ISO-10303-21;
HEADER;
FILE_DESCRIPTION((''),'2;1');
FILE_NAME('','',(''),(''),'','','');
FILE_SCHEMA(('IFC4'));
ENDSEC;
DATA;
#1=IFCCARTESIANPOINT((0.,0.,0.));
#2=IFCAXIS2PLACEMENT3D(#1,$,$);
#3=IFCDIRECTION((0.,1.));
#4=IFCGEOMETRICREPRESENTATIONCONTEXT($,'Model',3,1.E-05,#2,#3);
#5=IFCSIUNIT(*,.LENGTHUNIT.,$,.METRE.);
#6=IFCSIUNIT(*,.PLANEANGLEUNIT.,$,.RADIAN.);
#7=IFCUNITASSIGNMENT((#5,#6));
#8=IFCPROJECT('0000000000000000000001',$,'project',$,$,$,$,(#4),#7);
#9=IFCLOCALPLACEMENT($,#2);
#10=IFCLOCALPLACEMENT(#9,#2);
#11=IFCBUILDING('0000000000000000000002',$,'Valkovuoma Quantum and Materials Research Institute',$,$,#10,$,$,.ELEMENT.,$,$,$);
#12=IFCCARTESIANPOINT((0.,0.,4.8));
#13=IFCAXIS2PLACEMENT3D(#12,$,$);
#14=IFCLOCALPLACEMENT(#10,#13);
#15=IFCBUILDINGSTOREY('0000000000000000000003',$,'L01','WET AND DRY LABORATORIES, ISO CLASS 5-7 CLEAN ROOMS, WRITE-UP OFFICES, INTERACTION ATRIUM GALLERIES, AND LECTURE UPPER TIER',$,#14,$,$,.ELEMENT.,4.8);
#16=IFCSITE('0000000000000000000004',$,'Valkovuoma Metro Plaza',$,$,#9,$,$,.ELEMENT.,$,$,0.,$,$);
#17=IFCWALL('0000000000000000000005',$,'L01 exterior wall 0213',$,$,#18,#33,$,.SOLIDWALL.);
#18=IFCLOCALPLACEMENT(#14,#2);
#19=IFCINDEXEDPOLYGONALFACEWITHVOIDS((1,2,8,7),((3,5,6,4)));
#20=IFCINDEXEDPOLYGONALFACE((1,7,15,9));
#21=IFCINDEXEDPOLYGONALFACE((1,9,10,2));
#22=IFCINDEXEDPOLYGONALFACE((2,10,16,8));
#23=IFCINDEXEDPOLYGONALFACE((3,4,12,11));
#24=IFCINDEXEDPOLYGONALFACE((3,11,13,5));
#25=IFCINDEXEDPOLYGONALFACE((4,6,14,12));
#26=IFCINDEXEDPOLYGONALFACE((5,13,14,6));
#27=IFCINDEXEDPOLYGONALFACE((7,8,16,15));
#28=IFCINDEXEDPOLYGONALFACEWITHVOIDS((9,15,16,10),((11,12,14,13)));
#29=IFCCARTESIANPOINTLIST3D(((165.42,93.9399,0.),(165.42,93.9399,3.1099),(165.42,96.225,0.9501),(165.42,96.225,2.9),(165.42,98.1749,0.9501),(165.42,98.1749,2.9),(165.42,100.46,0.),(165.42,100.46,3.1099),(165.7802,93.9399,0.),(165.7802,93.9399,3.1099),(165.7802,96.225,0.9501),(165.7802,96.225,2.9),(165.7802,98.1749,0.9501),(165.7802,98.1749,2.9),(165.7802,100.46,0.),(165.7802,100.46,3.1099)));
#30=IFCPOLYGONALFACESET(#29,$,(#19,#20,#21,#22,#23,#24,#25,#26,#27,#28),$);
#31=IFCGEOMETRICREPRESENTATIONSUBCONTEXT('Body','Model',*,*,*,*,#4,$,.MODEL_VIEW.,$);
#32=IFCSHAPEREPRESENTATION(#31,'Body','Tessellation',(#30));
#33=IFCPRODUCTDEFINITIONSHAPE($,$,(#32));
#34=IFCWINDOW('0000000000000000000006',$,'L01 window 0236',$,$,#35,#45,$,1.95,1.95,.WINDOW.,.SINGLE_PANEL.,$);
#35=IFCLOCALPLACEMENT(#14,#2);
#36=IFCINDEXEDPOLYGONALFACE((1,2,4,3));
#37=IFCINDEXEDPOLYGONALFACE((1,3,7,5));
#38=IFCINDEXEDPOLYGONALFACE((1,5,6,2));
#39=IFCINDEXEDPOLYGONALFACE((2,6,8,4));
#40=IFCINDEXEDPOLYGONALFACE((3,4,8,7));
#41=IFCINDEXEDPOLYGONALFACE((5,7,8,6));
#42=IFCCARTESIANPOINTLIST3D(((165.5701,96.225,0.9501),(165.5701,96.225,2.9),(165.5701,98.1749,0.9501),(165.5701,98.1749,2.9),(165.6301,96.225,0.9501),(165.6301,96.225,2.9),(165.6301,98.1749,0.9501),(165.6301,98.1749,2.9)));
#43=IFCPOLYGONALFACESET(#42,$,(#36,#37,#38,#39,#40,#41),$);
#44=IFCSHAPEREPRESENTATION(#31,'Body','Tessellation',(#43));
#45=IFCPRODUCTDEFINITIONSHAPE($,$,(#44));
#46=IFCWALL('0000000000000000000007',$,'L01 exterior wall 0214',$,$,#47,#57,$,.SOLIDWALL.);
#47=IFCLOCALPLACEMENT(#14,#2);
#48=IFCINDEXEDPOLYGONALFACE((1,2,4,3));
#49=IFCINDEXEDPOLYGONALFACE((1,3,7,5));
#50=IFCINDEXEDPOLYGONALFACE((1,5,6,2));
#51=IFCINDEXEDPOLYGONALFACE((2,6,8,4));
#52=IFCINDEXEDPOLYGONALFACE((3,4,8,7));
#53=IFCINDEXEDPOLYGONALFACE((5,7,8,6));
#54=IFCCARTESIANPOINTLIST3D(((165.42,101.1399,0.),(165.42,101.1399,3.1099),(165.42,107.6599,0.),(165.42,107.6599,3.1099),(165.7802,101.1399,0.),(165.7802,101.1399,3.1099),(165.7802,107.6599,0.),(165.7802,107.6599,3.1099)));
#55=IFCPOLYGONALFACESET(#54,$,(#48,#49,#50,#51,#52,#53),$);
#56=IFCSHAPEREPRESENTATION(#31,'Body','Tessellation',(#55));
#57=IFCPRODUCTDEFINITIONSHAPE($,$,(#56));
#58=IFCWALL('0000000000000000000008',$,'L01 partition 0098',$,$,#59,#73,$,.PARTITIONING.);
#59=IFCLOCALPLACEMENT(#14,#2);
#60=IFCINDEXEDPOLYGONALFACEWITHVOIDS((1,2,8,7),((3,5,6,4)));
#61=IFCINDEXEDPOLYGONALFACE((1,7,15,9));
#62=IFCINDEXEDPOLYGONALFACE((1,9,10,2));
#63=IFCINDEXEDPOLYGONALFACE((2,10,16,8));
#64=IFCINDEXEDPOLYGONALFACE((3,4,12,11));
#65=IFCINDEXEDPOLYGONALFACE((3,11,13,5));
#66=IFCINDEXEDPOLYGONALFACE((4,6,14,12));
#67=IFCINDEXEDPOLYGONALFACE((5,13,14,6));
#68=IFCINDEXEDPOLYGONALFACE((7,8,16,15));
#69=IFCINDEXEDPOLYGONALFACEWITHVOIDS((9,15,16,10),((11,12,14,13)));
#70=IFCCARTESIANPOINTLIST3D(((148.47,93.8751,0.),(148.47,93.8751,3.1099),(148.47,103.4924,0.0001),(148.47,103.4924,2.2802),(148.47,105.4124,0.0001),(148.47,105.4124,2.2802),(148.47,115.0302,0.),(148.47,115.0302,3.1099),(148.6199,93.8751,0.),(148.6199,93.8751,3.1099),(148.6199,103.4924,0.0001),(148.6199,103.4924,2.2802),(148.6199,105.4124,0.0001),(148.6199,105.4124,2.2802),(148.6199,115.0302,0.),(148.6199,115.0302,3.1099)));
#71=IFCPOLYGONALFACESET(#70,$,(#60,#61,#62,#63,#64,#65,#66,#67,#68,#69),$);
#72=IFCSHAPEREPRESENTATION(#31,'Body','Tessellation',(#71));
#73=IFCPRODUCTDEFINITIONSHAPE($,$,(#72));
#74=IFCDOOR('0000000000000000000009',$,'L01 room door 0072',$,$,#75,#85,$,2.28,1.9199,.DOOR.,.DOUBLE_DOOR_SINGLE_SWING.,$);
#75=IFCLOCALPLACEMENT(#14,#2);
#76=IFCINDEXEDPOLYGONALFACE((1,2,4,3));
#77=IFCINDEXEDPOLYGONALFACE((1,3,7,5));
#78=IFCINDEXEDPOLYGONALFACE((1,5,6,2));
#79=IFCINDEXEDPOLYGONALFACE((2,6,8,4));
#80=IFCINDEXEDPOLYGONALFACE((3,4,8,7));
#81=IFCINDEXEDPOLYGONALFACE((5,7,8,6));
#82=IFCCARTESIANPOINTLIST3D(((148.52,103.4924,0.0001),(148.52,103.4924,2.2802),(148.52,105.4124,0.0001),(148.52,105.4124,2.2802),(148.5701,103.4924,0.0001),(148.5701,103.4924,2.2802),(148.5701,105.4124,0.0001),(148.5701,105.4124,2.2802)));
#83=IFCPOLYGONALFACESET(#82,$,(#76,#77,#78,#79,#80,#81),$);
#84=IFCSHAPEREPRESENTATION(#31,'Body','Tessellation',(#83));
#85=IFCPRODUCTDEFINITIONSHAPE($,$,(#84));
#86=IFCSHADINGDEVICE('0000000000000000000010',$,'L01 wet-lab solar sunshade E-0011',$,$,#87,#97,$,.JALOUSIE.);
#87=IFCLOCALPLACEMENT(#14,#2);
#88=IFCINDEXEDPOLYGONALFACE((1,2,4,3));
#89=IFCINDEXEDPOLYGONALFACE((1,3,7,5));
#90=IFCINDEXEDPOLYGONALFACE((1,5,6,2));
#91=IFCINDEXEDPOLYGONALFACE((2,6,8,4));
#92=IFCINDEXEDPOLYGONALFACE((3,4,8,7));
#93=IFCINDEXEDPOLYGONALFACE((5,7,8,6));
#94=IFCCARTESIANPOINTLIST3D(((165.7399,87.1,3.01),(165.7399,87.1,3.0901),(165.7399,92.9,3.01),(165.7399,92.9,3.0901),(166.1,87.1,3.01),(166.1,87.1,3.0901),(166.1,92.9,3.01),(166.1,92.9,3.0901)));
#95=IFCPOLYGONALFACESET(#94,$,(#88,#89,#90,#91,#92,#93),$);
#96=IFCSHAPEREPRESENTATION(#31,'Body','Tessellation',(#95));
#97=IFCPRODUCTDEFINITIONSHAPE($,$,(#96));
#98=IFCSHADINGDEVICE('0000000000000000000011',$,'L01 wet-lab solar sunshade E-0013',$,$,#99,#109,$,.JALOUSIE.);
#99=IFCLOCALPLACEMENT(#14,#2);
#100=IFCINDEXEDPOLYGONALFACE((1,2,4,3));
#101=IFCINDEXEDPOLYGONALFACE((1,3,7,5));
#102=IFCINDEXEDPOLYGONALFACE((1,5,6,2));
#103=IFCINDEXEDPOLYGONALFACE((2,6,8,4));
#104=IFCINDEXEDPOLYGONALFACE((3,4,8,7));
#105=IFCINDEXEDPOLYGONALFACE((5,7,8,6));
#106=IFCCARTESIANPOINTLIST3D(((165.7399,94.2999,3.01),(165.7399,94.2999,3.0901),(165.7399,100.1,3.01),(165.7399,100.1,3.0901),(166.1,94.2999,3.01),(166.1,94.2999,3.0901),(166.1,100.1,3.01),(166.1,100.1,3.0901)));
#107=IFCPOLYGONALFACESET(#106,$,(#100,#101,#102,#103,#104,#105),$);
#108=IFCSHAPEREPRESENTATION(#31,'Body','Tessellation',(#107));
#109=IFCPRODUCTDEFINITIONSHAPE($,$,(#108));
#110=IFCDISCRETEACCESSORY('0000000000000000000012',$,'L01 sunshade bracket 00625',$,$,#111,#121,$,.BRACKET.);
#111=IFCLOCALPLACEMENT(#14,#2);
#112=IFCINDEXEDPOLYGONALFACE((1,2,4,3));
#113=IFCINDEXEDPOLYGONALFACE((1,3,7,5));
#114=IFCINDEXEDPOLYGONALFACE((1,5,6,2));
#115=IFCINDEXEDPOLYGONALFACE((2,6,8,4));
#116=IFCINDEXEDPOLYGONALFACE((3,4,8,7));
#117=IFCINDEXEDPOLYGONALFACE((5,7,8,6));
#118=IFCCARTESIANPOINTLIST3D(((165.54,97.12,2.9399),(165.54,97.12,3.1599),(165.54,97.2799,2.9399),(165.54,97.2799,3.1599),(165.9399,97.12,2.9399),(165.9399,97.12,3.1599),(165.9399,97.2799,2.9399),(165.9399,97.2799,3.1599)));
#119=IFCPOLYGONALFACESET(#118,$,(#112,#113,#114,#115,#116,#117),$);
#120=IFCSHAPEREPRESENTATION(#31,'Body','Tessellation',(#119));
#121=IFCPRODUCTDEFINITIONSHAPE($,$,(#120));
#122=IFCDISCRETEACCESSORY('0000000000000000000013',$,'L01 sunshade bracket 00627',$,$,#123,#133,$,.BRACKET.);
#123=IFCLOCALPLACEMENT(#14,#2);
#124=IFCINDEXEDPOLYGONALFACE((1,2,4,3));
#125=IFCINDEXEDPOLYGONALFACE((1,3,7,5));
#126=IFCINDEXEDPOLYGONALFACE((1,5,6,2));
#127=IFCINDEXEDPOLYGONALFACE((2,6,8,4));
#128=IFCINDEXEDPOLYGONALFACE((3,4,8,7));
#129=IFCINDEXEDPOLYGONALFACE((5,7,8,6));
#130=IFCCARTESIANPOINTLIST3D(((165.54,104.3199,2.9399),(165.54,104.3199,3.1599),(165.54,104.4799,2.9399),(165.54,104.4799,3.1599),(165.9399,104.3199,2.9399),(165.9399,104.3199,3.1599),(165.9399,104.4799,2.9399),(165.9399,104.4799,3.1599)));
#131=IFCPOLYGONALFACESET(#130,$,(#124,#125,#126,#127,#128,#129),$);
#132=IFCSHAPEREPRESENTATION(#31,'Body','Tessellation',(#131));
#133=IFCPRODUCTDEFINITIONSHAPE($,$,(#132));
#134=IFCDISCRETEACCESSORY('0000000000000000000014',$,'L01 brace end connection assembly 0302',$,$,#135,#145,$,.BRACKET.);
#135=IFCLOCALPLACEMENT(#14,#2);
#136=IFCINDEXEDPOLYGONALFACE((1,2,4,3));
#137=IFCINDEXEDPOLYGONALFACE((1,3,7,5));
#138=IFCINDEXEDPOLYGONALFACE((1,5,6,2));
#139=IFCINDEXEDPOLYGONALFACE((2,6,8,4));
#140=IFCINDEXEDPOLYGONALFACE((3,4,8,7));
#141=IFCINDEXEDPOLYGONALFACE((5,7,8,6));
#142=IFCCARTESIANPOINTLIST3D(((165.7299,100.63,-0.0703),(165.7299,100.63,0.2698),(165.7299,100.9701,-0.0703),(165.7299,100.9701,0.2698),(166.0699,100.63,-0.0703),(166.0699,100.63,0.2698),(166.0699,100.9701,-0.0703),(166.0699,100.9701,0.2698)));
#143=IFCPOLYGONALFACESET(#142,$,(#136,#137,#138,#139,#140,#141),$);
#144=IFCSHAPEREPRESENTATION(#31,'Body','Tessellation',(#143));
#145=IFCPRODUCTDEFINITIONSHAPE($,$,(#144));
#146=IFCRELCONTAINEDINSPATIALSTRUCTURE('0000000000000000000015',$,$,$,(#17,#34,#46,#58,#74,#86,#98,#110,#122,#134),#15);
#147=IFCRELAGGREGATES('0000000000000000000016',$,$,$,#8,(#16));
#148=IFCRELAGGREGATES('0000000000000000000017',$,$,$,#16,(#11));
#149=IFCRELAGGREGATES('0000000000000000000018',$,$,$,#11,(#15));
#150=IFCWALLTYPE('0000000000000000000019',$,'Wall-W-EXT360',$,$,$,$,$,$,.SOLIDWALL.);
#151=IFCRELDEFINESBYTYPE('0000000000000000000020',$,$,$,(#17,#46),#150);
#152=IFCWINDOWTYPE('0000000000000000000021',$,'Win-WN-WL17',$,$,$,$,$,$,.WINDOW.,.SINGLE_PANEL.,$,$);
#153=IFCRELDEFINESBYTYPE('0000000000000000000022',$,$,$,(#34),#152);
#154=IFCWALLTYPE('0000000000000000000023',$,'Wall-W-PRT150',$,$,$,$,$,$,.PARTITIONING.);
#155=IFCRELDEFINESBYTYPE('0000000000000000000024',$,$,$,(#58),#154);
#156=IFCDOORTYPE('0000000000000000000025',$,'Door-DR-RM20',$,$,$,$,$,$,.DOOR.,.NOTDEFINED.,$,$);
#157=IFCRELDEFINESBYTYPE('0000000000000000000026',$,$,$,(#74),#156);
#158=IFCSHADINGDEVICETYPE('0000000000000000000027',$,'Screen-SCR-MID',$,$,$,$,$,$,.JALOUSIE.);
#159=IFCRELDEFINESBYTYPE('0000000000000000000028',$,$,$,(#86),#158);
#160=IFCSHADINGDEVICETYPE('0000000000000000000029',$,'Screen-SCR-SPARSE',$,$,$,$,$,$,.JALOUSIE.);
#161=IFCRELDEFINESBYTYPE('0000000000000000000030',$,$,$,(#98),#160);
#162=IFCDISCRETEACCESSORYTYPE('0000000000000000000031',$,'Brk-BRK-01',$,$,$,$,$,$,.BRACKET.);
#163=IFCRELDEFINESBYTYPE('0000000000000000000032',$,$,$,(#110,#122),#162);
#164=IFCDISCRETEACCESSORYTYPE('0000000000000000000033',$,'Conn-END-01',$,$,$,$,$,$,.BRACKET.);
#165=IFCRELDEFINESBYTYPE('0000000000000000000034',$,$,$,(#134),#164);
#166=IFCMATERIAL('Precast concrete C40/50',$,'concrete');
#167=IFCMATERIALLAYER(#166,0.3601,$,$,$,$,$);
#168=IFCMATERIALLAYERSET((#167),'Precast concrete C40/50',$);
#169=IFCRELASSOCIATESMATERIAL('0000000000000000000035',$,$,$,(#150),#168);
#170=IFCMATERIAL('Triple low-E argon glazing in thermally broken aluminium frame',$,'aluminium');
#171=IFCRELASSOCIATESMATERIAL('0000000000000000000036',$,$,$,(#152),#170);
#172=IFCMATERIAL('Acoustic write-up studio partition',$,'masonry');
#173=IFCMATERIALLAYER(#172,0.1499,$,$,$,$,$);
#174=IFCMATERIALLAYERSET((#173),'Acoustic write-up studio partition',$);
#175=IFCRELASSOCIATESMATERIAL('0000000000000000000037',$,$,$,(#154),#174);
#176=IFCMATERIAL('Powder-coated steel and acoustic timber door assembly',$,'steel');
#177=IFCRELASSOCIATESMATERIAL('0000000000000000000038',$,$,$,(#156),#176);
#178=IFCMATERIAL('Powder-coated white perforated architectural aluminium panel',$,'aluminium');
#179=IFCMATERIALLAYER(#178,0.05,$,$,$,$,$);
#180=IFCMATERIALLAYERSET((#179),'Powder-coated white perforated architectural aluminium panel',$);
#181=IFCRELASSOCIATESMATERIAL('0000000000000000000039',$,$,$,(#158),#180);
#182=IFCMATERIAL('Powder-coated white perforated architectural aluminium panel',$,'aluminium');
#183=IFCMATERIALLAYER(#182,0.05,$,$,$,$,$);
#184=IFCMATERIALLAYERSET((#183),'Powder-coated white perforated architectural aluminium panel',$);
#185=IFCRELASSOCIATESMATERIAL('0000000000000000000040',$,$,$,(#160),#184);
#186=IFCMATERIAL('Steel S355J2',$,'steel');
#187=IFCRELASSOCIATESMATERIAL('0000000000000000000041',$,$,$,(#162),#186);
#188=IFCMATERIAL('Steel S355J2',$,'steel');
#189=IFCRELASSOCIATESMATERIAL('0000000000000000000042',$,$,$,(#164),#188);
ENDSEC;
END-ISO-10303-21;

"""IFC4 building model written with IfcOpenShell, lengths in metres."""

from ifc_helpers import new_model, si_unit, direction, frame, frame_2d, origin, origin_2d, place, context, subcontext, project, spatial, rectangle, extrude, material, layer, layer_set, type_object, element, fill, save


model = new_model("IFC4")

# Units and contexts
model_context = context("Model", 3, precision=1e-05, world=origin(), true_north=direction((0.0, 1.0)))
body_context = subcontext(model_context, "Body", "Model", "MODEL_VIEW")
ifc_project = project(units=[si_unit("LENGTHUNIT", "METRE"), si_unit("PLANEANGLEUNIT", "RADIAN")], contexts=[model_context])

# Site, building, storey
site_placement = place(None, origin())
site = spatial("IfcSite", under=ifc_project, at=site_placement, Name="Valkovuoma Metro Plaza", CompositionType="ELEMENT", RefElevation=0.0)
building_placement = place(site_placement, origin())
building = spatial("IfcBuilding", under=site, at=building_placement, Name="Valkovuoma Quantum and Materials Research Institute", CompositionType="ELEMENT")
storey_placement = place(building_placement, frame((0.0, 0.0, 4.8)))
storey = spatial("IfcBuildingStorey", under=building, at=storey_placement, Name="L01", Description="WET AND DRY LABORATORIES, ISO CLASS 5-7 CLEAN ROOMS, WRITE-UP OFFICES, INTERACTION ATRIUM GALLERIES, AND LECTURE UPPER TIER", CompositionType="ELEMENT", Elevation=4.8)

# Wall, opening, window
ifc_material_1 = material(Name="Precast concrete C40/50", Category="concrete")
ifc_layer_1 = layer(ifc_material_1, 0.3601)
ifc_layer_set_1 = layer_set([ifc_layer_1], Name="Precast concrete C40/50")
wall_type_1 = type_object("IfcWallType", Name="Wall-W-EXT360", PredefinedType="SOLIDWALL", material=ifc_layer_set_1)
wall_1_placement = place(storey_placement, frame((165.6001, 93.9399, 0.0), z_axis=(0.0, 0.0, 1.0), x_axis=(0.0, 1.0, 0.0)))
wall_1 = element("IfcWall", 1, at=wall_1_placement, inside=storey, type_object=wall_type_1, Name="L01 exterior wall 0213", PredefinedType="SOLIDWALL", context=body_context, shape_type="SweptSolid", body=[
    extrude(rectangle(XDim=6.52, YDim=0.3601, at=frame_2d((3.26, 0.0))), origin(), (0.0, 0.0, 1.0), 3.1099),
])
opening_1_placement = place(wall_1_placement, frame((2.2849, 0.0, 0.95)))
opening_1 = element("IfcOpeningElement", 2, at=opening_1_placement, cuts=wall_1, PredefinedType="OPENING", context=body_context, shape_type="SweptSolid", body=[
    extrude(rectangle(XDim=1.95, YDim=1.95, at=frame_2d((0.9751, 0.9751))), frame((0.0, 0.1899, 0.0), z_axis=(0.0, -1.0, 0.0), x_axis=(1.0, 0.0, 0.0)), (0.0, 0.0, 1.0), 0.3801),
])
ifc_material_2 = material(Name="Triple low-E argon glazing in thermally broken aluminium frame", Category="aluminium")
window_type = type_object("IfcWindowType", Name="Win-WN-WL17", PartitioningType="SINGLE_PANEL", PredefinedType="WINDOW", material=ifc_material_2)
window_placement = place(opening_1_placement, origin())
window = element("IfcWindow", 3, at=window_placement, inside=storey, type_object=window_type, Name="L01 window 0236", OverallHeight=1.95, OverallWidth=1.95, PartitioningType="SINGLE_PANEL", PredefinedType="WINDOW", context=body_context, shape_type="SweptSolid", body=[
    extrude(rectangle(XDim=1.95, YDim=1.95, at=frame_2d((0.9751, 0.9751))), frame((0.0, 0.03, 0.0), z_axis=(0.0, -1.0, 0.0), x_axis=(1.0, 0.0, 0.0)), (0.0, 0.0, 1.0), 0.0601),
])
fill(opening_1, window)

# Wall
wall_2_placement = place(storey_placement, frame((165.6001, 101.1399, 0.0), z_axis=(0.0, 0.0, 1.0), x_axis=(0.0, 1.0, 0.0)))
element("IfcWall", 4, at=wall_2_placement, inside=storey, type_object=wall_type_1, Name="L01 exterior wall 0214", PredefinedType="SOLIDWALL", context=body_context, shape_type="SweptSolid", body=[
    extrude(rectangle(XDim=6.52, YDim=0.3601, at=frame_2d((3.26, 0.0))), origin(), (0.0, 0.0, 1.0), 3.1099),
])

# Wall, opening, door
ifc_material_3 = material(Name="Acoustic write-up studio partition", Category="masonry")
ifc_layer_2 = layer(ifc_material_3, 0.1499)
ifc_layer_set_2 = layer_set([ifc_layer_2], Name="Acoustic write-up studio partition")
wall_type_2 = type_object("IfcWallType", Name="Wall-W-PRT150", PredefinedType="PARTITIONING", material=ifc_layer_set_2)
wall_3_placement = place(storey_placement, frame((148.5449, 93.875, 0.0), z_axis=(0.0, 0.0, 1.0), x_axis=(0.0, 1.0, 0.0)))
wall_3 = element("IfcWall", 5, at=wall_3_placement, inside=storey, type_object=wall_type_2, Name="L01 partition 0098", PredefinedType="PARTITIONING", context=body_context, shape_type="SweptSolid", body=[
    extrude(rectangle(XDim=21.155, YDim=0.1499, at=frame_2d((10.5776, 0.0))), origin(), (0.0, 0.0, 1.0), 3.1099),
])
opening_2_placement = place(wall_3_placement, frame((9.6174, 0.0, 0.0)))
opening_2 = element("IfcOpeningElement", 6, at=opening_2_placement, cuts=wall_3, PredefinedType="OPENING", context=body_context, shape_type="SweptSolid", body=[
    extrude(rectangle(XDim=1.9199, YDim=2.28, at=frame_2d((0.96, 1.1401))), frame((0.0, 0.085, 0.0), z_axis=(0.0, -1.0, 0.0), x_axis=(1.0, 0.0, 0.0)), (0.0, 0.0, 1.0), 0.1699),
])
ifc_material_4 = material(Name="Powder-coated steel and acoustic timber door assembly", Category="steel")
door_type = type_object("IfcDoorType", Name="Door-DR-RM20", OperationType="NOTDEFINED", PredefinedType="DOOR", material=ifc_material_4)
door_placement = place(opening_2_placement, origin())
door = element("IfcDoor", 7, at=door_placement, inside=storey, type_object=door_type, Name="L01 room door 0072", OperationType="DOUBLE_DOOR_SINGLE_SWING", OverallHeight=2.28, OverallWidth=1.9199, PredefinedType="DOOR", context=body_context, shape_type="SweptSolid", body=[
    extrude(rectangle(XDim=1.9199, YDim=2.28, at=frame_2d((0.96, 1.1401))), frame((0.0, 0.0249, 0.0), z_axis=(0.0, -1.0, 0.0), x_axis=(1.0, 0.0, 0.0)), (0.0, 0.0, 1.0), 0.05),
])
fill(opening_2, door)

# Shading devices
ifc_material_5 = material(Name="Powder-coated white perforated architectural aluminium panel", Category="aluminium")
ifc_layer_3 = layer(ifc_material_5, 0.05)
ifc_layer_set_3 = layer_set([ifc_layer_3], Name="Powder-coated white perforated architectural aluminium panel")
shading_device_type_1 = type_object("IfcShadingDeviceType", Name="Screen-SCR-MID", PredefinedType="JALOUSIE", material=ifc_layer_set_3)
shading_device_1_placement = place(storey_placement, frame((165.9199, 90.0, 3.01), z_axis=(0.0, 0.0, 1.0), x_axis=(1.0, 0.0, 0.0)))
element("IfcShadingDevice", 8, at=shading_device_1_placement, inside=storey, type_object=shading_device_type_1, Name="L01 wet-lab solar sunshade E-0011", PredefinedType="JALOUSIE", context=body_context, shape_type="SweptSolid", body=[
    extrude(rectangle(XDim=0.3601, YDim=5.8, at=origin_2d()), origin(), (0.0, 0.0, 1.0), 0.0801),
])
ifc_material_6 = material(Name="Powder-coated white perforated architectural aluminium panel", Category="aluminium")
ifc_layer_4 = layer(ifc_material_6, 0.05)
ifc_layer_set_4 = layer_set([ifc_layer_4], Name="Powder-coated white perforated architectural aluminium panel")
shading_device_type_2 = type_object("IfcShadingDeviceType", Name="Screen-SCR-SPARSE", PredefinedType="JALOUSIE", material=ifc_layer_set_4)
shading_device_2_placement = place(storey_placement, frame((165.9199, 97.2, 3.01), z_axis=(0.0, 0.0, 1.0), x_axis=(1.0, 0.0, 0.0)))
element("IfcShadingDevice", 9, at=shading_device_2_placement, inside=storey, type_object=shading_device_type_2, Name="L01 wet-lab solar sunshade E-0013", PredefinedType="JALOUSIE", context=body_context, shape_type="SweptSolid", body=[
    extrude(rectangle(XDim=0.3601, YDim=5.8, at=origin_2d()), origin(), (0.0, 0.0, 1.0), 0.0801),
])

# Discrete accessories
ifc_material_7 = material(Name="Steel S355J2", Category="steel")
discrete_accessory_type_1 = type_object("IfcDiscreteAccessoryType", Name="Brk-BRK-01", PredefinedType="BRACKET", material=ifc_material_7)
for number, where, z_axis, x_axis, name in (
    (10, (165.74, 97.2, 2.9399), (0.0, 0.0, 1.0), (1.0, 0.0, 0.0), "L01 sunshade bracket 00625"),
    (11, (165.74, 104.3999, 2.9399), (0.0, 0.0, 1.0), (1.0, 0.0, 0.0), "L01 sunshade bracket 00627"),
):
    element("IfcDiscreteAccessory", number, at=place(storey_placement, frame(where, z_axis=z_axis, x_axis=x_axis)), inside=storey, type_object=discrete_accessory_type_1, Name=name, PredefinedType="BRACKET", context=body_context, shape_type="SweptSolid", body=[
        extrude(rectangle(XDim=0.3999, YDim=0.1599, at=origin_2d()), origin(), (0.0, 0.0, 1.0), 0.22),
    ])
ifc_material_8 = material(Name="Steel S355J2", Category="steel")
discrete_accessory_type_2 = type_object("IfcDiscreteAccessoryType", Name="Conn-END-01", PredefinedType="BRACKET", material=ifc_material_8)
discrete_accessory_placement = place(storey_placement, frame((165.8999, 100.8, -0.0703), z_axis=(0.0, 0.0, 1.0), x_axis=(1.0, 0.0, 0.0)))
element("IfcDiscreteAccessory", 12, at=discrete_accessory_placement, inside=storey, type_object=discrete_accessory_type_2, Name="L01 brace end connection assembly 0302", PredefinedType="BRACKET", context=body_context, shape_type="SweptSolid", body=[
    extrude(rectangle(XDim=0.3401, YDim=0.3401, at=origin_2d()), origin(), (0.0, 0.0, 1.0), 0.3401),
])

save(model, "model.ifc")
